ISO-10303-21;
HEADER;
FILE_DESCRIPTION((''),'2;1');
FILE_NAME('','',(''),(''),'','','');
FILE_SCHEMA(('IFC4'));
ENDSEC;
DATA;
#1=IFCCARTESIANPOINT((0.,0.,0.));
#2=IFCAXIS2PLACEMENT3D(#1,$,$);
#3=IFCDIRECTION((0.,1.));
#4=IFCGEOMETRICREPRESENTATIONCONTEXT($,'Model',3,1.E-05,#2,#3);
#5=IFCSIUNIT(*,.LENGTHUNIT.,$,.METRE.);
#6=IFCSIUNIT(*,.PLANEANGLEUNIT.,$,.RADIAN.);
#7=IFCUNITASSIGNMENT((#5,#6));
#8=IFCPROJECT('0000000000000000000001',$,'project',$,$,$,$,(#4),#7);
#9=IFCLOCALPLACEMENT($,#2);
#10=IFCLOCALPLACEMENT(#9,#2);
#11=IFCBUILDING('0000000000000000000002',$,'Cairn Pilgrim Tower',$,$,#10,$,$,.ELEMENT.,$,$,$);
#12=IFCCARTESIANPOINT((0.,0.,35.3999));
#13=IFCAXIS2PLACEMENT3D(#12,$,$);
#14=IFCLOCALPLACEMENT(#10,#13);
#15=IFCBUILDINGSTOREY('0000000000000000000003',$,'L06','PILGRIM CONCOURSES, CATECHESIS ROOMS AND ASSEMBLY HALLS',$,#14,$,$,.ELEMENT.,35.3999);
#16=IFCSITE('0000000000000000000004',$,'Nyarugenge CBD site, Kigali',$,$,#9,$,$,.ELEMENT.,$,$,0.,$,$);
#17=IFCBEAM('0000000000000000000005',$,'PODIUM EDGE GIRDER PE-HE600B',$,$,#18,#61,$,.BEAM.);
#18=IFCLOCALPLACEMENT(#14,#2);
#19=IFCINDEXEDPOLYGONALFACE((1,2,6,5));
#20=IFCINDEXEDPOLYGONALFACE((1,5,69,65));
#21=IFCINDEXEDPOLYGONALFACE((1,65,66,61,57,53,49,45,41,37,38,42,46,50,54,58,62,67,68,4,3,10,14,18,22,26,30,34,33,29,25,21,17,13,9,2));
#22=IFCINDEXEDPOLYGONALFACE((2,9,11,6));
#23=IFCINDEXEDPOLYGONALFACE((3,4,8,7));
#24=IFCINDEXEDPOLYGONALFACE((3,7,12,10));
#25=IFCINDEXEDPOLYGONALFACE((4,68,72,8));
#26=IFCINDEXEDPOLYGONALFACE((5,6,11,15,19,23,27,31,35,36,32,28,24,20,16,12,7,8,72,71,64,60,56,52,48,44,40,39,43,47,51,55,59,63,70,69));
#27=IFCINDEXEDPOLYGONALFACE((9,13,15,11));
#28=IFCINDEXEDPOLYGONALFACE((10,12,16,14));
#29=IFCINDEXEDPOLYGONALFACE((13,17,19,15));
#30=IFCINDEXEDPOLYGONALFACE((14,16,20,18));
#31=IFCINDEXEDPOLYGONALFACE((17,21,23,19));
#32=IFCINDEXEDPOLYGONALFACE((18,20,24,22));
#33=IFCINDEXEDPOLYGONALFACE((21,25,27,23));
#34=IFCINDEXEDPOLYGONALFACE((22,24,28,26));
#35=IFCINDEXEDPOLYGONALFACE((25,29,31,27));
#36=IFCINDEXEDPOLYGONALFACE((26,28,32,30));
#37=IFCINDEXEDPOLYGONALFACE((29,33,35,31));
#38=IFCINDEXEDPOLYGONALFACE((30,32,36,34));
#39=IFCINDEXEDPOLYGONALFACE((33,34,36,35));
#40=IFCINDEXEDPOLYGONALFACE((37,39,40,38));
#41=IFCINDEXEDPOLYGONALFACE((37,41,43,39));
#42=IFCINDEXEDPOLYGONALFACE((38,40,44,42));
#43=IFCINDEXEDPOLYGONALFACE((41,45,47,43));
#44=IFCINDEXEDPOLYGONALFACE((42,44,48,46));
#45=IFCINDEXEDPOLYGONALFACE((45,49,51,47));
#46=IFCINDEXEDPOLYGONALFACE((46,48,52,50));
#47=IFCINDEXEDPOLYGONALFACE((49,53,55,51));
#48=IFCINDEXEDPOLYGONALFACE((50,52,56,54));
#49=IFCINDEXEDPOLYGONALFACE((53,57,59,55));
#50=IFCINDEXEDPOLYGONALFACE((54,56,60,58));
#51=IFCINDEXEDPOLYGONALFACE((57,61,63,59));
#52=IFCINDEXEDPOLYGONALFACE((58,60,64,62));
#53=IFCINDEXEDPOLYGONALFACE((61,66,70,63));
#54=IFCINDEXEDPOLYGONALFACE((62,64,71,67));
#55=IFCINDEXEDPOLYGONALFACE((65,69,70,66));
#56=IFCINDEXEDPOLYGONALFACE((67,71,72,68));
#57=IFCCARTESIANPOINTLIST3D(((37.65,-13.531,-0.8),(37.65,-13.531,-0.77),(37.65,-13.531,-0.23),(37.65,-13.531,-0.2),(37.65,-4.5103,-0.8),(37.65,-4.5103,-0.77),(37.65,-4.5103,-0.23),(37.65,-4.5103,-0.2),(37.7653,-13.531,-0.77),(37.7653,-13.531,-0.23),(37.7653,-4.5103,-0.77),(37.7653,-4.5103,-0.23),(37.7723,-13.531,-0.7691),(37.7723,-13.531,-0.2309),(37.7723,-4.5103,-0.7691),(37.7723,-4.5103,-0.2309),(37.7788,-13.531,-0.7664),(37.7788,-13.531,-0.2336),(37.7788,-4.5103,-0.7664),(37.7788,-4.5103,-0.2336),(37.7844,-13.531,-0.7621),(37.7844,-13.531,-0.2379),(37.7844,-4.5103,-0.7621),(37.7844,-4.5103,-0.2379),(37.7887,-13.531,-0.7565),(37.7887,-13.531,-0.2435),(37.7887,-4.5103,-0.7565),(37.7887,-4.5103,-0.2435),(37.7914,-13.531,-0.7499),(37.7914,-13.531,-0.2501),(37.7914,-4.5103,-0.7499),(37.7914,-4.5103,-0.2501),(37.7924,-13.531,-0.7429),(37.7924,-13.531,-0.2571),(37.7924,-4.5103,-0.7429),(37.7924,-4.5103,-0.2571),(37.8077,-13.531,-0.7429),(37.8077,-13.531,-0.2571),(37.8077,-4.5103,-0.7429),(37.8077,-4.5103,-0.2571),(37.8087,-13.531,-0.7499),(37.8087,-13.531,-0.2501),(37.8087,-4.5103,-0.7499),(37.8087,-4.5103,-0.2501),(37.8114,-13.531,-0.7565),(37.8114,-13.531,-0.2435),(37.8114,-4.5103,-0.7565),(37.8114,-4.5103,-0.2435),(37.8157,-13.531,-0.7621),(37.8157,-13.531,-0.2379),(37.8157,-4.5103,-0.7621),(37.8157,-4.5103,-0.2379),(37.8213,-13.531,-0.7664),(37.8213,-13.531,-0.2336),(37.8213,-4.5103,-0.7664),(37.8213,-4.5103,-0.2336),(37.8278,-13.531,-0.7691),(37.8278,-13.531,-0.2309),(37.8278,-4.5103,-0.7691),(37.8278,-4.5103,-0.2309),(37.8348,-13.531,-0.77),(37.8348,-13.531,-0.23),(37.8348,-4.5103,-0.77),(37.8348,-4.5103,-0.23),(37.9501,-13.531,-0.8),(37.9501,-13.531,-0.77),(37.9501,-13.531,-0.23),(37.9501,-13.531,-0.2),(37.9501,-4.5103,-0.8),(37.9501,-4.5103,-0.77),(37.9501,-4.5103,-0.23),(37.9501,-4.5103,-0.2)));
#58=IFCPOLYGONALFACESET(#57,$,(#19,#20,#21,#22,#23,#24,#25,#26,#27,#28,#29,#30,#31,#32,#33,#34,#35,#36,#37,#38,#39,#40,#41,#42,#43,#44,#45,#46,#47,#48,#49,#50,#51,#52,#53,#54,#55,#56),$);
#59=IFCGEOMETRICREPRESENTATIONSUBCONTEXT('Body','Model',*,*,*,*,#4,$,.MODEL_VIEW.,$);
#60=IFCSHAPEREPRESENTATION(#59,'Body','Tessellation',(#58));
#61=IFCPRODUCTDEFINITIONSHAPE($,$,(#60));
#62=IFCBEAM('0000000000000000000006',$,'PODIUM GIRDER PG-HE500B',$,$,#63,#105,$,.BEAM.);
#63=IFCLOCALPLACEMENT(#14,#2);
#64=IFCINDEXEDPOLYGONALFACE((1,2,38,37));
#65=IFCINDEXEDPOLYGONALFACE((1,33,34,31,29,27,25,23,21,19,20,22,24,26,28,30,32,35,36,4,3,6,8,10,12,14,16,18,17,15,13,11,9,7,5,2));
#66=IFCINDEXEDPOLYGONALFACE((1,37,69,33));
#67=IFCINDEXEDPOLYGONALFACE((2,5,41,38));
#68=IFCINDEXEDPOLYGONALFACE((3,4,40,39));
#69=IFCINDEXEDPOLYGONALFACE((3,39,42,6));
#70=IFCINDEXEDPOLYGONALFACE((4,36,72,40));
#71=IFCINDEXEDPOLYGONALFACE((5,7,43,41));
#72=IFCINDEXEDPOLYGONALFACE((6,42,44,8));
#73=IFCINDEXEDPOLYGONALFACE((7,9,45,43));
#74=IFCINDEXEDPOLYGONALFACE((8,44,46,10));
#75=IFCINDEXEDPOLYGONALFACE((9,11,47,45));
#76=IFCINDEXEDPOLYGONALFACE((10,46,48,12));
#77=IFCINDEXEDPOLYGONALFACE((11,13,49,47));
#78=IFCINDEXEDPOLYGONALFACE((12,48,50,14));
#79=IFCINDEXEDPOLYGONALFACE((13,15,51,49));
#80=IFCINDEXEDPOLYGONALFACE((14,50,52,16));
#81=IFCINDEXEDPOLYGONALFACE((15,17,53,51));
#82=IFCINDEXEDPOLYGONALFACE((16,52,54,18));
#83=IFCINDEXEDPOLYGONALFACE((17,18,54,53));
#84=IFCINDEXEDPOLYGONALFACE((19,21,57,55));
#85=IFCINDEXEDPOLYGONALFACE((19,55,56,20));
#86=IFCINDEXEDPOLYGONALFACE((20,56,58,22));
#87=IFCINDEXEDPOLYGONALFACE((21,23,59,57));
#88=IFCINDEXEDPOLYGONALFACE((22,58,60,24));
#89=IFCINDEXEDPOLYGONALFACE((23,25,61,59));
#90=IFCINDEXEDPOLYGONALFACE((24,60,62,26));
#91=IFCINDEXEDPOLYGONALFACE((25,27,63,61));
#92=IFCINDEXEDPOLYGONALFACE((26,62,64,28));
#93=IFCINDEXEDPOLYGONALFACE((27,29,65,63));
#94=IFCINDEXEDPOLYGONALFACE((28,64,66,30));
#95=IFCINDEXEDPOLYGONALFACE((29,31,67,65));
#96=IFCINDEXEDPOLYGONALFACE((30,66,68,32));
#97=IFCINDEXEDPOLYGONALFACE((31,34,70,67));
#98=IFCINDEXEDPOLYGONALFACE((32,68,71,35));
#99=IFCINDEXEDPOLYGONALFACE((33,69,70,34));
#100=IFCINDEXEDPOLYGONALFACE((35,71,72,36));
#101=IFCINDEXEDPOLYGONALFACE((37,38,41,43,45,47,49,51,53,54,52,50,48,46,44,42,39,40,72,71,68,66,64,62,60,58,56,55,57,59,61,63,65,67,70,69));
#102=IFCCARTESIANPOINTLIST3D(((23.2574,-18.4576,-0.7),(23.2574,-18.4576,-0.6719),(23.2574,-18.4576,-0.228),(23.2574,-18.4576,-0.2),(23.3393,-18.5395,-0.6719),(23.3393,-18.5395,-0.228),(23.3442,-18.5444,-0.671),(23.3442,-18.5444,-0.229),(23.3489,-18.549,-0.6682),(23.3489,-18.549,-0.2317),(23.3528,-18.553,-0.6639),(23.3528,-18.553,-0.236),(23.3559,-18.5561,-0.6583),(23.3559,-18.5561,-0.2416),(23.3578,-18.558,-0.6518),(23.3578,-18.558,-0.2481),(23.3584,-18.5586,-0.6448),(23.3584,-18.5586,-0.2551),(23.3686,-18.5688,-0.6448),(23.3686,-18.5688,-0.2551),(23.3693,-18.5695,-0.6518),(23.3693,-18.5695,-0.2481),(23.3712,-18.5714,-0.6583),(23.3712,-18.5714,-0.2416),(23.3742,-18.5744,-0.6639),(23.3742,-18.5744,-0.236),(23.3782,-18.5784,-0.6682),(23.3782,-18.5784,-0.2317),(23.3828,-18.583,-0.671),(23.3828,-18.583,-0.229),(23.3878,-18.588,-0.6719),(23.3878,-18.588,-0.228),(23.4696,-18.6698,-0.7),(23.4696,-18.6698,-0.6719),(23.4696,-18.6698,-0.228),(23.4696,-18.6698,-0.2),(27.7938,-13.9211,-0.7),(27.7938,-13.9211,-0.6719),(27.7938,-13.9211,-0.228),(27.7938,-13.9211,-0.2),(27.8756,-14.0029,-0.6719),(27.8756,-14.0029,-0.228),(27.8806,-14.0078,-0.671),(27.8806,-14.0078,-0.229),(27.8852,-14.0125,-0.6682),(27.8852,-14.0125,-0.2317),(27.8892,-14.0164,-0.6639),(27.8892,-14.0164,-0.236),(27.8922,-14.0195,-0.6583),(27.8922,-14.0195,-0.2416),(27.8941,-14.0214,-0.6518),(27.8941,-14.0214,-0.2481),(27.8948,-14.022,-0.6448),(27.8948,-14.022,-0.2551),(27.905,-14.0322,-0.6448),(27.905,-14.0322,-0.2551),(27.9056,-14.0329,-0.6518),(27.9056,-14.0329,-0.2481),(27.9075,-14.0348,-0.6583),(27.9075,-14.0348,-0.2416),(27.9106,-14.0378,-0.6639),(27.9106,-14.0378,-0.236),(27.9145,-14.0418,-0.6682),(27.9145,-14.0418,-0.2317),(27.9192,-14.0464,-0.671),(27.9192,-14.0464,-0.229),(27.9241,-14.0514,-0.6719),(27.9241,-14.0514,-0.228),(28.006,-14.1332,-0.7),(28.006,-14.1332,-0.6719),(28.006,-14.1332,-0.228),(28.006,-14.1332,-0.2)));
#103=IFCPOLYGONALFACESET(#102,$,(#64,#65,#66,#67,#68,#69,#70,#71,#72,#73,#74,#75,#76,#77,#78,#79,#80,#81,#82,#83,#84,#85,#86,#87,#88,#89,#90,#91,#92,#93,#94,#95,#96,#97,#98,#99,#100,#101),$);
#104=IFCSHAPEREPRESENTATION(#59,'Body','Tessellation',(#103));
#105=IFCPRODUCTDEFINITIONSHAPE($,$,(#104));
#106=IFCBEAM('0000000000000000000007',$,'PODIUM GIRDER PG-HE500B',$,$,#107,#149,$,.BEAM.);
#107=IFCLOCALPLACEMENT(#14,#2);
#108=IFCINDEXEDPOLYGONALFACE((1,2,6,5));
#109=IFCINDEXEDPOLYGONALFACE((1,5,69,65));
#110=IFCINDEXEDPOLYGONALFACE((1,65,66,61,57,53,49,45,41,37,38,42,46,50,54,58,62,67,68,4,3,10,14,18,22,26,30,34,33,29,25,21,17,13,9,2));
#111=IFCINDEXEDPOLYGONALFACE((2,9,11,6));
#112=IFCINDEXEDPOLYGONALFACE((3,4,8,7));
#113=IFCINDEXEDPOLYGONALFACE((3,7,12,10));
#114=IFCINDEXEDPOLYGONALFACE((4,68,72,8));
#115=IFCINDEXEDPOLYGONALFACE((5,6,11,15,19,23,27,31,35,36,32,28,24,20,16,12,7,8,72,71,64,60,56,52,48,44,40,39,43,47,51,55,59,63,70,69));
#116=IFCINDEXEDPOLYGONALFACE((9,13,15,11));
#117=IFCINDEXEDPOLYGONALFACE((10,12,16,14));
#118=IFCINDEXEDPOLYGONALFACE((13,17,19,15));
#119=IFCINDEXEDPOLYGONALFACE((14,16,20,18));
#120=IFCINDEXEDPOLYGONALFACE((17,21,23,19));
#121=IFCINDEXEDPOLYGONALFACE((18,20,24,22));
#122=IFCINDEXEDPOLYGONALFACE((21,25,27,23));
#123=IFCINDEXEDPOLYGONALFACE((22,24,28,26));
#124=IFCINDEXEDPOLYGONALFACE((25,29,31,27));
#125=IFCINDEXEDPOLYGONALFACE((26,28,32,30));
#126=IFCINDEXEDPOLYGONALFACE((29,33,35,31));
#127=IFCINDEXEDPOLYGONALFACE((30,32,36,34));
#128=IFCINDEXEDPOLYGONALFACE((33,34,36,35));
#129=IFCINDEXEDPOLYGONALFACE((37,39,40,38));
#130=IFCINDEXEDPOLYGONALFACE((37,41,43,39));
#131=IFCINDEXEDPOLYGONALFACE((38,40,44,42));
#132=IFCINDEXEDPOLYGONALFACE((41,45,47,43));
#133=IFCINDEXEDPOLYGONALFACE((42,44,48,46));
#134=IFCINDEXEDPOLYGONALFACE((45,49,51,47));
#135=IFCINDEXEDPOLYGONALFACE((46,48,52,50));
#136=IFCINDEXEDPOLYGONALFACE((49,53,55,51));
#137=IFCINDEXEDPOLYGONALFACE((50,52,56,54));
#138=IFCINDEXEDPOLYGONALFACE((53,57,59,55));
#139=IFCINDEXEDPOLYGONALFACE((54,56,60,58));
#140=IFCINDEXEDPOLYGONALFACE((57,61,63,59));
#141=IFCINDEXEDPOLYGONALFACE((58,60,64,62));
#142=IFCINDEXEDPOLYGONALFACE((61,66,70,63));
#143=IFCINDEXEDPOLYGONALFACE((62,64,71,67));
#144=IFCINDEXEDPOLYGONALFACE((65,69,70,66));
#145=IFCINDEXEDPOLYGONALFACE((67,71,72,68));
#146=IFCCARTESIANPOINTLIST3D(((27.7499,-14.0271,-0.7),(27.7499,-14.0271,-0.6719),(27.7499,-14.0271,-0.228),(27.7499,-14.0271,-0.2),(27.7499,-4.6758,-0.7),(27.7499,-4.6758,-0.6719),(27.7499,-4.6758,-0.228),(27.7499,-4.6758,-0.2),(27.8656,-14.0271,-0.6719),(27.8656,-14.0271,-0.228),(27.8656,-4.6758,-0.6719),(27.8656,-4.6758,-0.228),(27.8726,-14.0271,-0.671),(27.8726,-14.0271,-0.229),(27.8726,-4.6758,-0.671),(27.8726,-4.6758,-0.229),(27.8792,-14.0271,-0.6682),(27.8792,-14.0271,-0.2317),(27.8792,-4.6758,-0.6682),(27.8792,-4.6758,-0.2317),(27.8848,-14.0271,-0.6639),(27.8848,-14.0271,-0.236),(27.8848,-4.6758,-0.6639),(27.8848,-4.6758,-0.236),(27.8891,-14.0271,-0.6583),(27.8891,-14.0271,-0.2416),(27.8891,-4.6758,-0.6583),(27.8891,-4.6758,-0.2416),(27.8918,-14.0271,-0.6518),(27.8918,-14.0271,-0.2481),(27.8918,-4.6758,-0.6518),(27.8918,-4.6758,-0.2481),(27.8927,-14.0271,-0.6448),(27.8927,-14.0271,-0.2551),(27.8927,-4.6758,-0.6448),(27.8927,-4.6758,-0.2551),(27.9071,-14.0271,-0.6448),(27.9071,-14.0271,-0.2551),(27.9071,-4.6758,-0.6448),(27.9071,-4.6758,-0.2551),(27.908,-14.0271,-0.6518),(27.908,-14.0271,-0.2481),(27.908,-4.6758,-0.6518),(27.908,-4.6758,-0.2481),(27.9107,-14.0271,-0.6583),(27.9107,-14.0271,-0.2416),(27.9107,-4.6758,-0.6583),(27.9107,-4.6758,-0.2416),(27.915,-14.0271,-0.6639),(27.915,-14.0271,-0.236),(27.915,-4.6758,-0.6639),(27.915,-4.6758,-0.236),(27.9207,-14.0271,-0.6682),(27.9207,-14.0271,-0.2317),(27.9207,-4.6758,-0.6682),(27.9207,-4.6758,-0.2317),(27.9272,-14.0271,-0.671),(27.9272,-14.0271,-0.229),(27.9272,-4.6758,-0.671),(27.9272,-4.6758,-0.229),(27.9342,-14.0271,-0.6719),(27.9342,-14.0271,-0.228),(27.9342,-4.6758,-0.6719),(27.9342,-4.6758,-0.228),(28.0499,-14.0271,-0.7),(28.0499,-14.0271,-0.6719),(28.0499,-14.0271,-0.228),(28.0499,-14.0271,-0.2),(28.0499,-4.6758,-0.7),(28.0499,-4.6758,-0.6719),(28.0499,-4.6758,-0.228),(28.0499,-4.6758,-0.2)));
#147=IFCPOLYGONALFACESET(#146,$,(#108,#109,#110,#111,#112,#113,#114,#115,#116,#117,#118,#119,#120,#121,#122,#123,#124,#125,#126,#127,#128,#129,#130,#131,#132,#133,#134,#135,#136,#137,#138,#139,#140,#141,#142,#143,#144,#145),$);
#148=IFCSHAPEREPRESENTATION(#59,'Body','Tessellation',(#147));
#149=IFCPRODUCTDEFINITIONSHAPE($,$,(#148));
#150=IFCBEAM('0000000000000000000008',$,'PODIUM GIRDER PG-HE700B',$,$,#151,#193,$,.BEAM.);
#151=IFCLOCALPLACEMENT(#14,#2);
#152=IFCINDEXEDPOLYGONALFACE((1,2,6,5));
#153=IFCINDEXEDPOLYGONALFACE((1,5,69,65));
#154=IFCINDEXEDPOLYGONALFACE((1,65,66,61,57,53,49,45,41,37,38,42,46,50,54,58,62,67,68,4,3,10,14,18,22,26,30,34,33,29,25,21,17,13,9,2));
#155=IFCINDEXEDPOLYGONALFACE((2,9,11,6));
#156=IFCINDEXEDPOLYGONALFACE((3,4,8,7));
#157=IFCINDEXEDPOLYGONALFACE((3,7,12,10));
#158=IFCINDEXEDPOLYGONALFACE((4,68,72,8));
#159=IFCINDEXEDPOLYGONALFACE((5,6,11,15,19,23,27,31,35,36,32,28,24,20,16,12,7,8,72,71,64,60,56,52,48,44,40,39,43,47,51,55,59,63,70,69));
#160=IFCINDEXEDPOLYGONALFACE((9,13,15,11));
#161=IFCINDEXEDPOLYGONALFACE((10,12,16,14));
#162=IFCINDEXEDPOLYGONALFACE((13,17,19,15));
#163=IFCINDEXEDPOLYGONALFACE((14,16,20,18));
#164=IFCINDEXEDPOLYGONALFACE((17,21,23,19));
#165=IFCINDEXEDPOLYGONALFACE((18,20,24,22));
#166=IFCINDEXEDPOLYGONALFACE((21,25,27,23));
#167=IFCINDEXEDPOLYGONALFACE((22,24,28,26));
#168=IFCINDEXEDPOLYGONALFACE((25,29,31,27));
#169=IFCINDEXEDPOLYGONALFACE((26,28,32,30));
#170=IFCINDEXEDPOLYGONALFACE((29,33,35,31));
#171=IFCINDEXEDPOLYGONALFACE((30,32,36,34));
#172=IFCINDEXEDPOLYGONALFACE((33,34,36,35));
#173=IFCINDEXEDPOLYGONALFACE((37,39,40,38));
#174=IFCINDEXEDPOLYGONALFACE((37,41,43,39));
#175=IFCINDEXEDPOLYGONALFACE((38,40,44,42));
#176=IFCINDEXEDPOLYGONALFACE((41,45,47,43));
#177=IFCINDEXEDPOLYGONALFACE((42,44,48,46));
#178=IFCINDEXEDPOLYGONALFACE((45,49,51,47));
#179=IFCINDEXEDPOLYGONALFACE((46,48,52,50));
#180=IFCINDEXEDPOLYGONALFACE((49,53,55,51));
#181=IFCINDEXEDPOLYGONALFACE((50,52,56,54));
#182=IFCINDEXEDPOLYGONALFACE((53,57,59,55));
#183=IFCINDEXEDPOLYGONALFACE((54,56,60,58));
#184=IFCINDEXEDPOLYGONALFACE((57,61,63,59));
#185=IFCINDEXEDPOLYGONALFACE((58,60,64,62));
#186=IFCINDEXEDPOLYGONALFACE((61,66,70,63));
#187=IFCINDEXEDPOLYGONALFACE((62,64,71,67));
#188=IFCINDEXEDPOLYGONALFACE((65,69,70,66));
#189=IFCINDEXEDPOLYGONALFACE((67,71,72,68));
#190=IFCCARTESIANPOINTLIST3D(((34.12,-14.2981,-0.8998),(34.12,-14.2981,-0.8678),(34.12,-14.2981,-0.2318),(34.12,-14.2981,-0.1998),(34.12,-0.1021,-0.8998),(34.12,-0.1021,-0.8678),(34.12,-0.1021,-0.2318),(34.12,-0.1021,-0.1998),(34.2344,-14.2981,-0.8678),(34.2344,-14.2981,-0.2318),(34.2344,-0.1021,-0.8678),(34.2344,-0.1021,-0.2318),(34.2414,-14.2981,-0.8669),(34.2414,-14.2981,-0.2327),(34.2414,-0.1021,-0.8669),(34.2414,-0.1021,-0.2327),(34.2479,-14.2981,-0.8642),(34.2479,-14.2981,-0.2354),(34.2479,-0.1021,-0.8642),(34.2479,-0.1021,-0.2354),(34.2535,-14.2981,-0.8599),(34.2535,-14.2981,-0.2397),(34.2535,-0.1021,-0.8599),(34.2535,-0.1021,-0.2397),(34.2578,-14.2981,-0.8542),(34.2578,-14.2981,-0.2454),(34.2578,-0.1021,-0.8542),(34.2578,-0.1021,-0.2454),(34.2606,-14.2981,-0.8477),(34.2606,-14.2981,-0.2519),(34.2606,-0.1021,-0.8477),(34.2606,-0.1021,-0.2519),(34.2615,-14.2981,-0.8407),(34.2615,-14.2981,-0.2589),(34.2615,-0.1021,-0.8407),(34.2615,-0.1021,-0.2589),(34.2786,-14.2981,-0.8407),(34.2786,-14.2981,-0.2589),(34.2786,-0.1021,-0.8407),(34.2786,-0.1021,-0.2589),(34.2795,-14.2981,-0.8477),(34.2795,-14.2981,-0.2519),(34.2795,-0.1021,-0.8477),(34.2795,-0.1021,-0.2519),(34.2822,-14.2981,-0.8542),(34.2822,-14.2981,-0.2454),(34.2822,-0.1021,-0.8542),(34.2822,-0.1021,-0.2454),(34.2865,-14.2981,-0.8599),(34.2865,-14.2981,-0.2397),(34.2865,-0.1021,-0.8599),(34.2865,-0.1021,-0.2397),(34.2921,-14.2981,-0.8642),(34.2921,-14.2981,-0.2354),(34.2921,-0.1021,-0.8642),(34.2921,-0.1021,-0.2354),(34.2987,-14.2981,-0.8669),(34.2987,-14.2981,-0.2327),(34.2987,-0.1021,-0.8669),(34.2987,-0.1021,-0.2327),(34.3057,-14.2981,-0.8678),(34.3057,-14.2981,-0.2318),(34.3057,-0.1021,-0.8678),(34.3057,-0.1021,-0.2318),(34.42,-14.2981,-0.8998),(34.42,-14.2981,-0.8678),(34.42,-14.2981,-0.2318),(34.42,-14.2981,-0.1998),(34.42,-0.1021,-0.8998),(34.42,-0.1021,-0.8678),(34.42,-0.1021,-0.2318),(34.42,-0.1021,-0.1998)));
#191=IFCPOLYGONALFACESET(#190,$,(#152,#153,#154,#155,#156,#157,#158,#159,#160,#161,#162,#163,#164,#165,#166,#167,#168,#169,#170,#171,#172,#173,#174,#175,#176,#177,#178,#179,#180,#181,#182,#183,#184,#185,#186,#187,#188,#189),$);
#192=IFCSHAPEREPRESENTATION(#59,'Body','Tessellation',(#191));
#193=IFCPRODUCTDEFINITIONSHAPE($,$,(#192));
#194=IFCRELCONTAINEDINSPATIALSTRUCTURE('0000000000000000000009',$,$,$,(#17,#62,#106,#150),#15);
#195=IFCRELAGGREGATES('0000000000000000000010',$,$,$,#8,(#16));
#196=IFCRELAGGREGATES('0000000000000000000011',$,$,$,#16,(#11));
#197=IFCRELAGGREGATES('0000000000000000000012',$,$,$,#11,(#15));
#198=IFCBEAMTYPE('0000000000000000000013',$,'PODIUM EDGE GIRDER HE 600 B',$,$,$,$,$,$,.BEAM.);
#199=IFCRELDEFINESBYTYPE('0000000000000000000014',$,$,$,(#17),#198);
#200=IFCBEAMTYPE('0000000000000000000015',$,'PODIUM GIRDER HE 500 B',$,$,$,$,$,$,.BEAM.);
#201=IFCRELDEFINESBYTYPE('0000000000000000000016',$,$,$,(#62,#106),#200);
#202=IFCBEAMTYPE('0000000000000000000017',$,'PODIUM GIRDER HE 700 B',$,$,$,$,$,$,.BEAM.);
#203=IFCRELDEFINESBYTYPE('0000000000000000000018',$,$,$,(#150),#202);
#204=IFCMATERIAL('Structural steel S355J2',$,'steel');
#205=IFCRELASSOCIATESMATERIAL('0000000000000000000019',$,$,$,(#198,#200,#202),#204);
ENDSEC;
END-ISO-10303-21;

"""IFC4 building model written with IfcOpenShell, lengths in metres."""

from ifc_helpers import new_model, si_unit, direction, frame, origin, origin_2d, place, context, subcontext, project, spatial, i_section, extrude, material, material_profile, profile_set, type_object, element, save


model = new_model("IFC4")

# Units and contexts
model_context = context("Model", 3, precision=1e-05, world=origin(), true_north=direction((0.0, 1.0)))
body_context = subcontext(model_context, "Body", "Model", "MODEL_VIEW")
ifc_project = project(units=[si_unit("LENGTHUNIT", "METRE"), si_unit("PLANEANGLEUNIT", "RADIAN")], contexts=[model_context])

# Site, building, storey
site_placement = place(None, origin())
site = spatial("IfcSite", under=ifc_project, at=site_placement, Name="Nyarugenge CBD site, Kigali", CompositionType="ELEMENT", RefElevation=0.0)
building_placement = place(site_placement, origin())
building = spatial("IfcBuilding", under=site, at=building_placement, Name="Cairn Pilgrim Tower", CompositionType="ELEMENT")
storey_placement = place(building_placement, frame((0.0, 0.0, 35.3999)))
storey = spatial("IfcBuildingStorey", under=building, at=storey_placement, Name="L06", Description="PILGRIM CONCOURSES, CATECHESIS ROOMS AND ASSEMBLY HALLS", CompositionType="ELEMENT", Elevation=35.3999)

# Beams
ifc_material_1 = material(Name="Structural steel S355J2", Category="steel")
ifc_material_profile_1 = material_profile(ifc_material_1, i_section(OverallWidth=0.3, OverallDepth=0.6001, WebThickness=0.0154, FlangeThickness=0.03, FilletRadius=0.0271, at=origin_2d()), Name="HEB 600")
ifc_profile_set_1 = profile_set([ifc_material_profile_1], Name="Structural steel S355J2")
beam_type_1 = type_object("IfcBeamType", Name="PODIUM EDGE GIRDER HE 600 B", PredefinedType="BEAM", material=ifc_profile_set_1)
beam_1_placement = place(storey_placement, frame((37.8, -13.531, -0.5), z_axis=(0.0, 1.0, 0.0), x_axis=(-1.0, 0.0, 0.0)))
element("IfcBeam", 1, at=beam_1_placement, inside=storey, type_object=beam_type_1, Name="PODIUM EDGE GIRDER PE-HE600B", PredefinedType="BEAM", context=body_context, shape_type="SweptSolid", body=[
    extrude(i_section(OverallWidth=0.3, OverallDepth=0.6001, WebThickness=0.0154, FlangeThickness=0.03, FilletRadius=0.0271, at=origin_2d()), origin(), (0.0, 0.0, 1.0), 9.0208),
])
ifc_material_profile_2 = material_profile(ifc_material_1, i_section(OverallWidth=0.3, OverallDepth=0.5, WebThickness=0.0144, FlangeThickness=0.0281, FilletRadius=0.0271, at=origin_2d()), Name="HEB 500")
ifc_profile_set_2 = profile_set([ifc_material_profile_2], Name="Structural steel S355J2")
beam_type_2 = type_object("IfcBeamType", Name="PODIUM GIRDER HE 500 B", PredefinedType="BEAM", material=ifc_profile_set_2)
beam_2_placement = place(storey_placement, frame((23.3635, -18.5637, -0.45), z_axis=(0.707088, 0.707126, 0.0), x_axis=(-0.707126, 0.707088, 0.0)))
element("IfcBeam", 2, at=beam_2_placement, inside=storey, type_object=beam_type_2, Name="PODIUM GIRDER PG-HE500B", PredefinedType="BEAM", context=body_context, shape_type="SweptSolid", body=[
    extrude(i_section(OverallWidth=0.3, OverallDepth=0.5, WebThickness=0.0144, FlangeThickness=0.0281, FilletRadius=0.0271, at=origin_2d()), origin(), (0.0, 0.0, 1.0), 6.4155),
])
beam_3_placement = place(storey_placement, frame((27.8999, -14.0271, -0.45), z_axis=(0.0, 1.0, 0.0), x_axis=(-1.0, 0.0, 0.0)))
element("IfcBeam", 3, at=beam_3_placement, inside=storey, type_object=beam_type_2, Name="PODIUM GIRDER PG-HE500B", PredefinedType="BEAM", context=body_context, shape_type="SweptSolid", body=[
    extrude(i_section(OverallWidth=0.3, OverallDepth=0.5, WebThickness=0.0144, FlangeThickness=0.0281, FilletRadius=0.0271, at=origin_2d()), origin(), (0.0, 0.0, 1.0), 9.3513),
])
ifc_material_profile_3 = material_profile(ifc_material_1, i_section(OverallWidth=0.3, OverallDepth=0.7, WebThickness=0.0171, FlangeThickness=0.032, FilletRadius=0.0271, at=origin_2d()), Name="HEB 700")
ifc_profile_set_3 = profile_set([ifc_material_profile_3], Name="Structural steel S355J2")
beam_type_3 = type_object("IfcBeamType", Name="PODIUM GIRDER HE 700 B", PredefinedType="BEAM", material=ifc_profile_set_3)
beam_4_placement = place(storey_placement, frame((34.27, -14.2981, -0.5498), z_axis=(0.0, 1.0, 0.0), x_axis=(-1.0, 0.0, 0.0)))
element("IfcBeam", 4, at=beam_4_placement, inside=storey, type_object=beam_type_3, Name="PODIUM GIRDER PG-HE700B", PredefinedType="BEAM", context=body_context, shape_type="SweptSolid", body=[
    extrude(i_section(OverallWidth=0.3, OverallDepth=0.7, WebThickness=0.0171, FlangeThickness=0.032, FilletRadius=0.0271, at=origin_2d()), origin(), (0.0, 0.0, 1.0), 14.196),
])

save(model, "model.ifc")
